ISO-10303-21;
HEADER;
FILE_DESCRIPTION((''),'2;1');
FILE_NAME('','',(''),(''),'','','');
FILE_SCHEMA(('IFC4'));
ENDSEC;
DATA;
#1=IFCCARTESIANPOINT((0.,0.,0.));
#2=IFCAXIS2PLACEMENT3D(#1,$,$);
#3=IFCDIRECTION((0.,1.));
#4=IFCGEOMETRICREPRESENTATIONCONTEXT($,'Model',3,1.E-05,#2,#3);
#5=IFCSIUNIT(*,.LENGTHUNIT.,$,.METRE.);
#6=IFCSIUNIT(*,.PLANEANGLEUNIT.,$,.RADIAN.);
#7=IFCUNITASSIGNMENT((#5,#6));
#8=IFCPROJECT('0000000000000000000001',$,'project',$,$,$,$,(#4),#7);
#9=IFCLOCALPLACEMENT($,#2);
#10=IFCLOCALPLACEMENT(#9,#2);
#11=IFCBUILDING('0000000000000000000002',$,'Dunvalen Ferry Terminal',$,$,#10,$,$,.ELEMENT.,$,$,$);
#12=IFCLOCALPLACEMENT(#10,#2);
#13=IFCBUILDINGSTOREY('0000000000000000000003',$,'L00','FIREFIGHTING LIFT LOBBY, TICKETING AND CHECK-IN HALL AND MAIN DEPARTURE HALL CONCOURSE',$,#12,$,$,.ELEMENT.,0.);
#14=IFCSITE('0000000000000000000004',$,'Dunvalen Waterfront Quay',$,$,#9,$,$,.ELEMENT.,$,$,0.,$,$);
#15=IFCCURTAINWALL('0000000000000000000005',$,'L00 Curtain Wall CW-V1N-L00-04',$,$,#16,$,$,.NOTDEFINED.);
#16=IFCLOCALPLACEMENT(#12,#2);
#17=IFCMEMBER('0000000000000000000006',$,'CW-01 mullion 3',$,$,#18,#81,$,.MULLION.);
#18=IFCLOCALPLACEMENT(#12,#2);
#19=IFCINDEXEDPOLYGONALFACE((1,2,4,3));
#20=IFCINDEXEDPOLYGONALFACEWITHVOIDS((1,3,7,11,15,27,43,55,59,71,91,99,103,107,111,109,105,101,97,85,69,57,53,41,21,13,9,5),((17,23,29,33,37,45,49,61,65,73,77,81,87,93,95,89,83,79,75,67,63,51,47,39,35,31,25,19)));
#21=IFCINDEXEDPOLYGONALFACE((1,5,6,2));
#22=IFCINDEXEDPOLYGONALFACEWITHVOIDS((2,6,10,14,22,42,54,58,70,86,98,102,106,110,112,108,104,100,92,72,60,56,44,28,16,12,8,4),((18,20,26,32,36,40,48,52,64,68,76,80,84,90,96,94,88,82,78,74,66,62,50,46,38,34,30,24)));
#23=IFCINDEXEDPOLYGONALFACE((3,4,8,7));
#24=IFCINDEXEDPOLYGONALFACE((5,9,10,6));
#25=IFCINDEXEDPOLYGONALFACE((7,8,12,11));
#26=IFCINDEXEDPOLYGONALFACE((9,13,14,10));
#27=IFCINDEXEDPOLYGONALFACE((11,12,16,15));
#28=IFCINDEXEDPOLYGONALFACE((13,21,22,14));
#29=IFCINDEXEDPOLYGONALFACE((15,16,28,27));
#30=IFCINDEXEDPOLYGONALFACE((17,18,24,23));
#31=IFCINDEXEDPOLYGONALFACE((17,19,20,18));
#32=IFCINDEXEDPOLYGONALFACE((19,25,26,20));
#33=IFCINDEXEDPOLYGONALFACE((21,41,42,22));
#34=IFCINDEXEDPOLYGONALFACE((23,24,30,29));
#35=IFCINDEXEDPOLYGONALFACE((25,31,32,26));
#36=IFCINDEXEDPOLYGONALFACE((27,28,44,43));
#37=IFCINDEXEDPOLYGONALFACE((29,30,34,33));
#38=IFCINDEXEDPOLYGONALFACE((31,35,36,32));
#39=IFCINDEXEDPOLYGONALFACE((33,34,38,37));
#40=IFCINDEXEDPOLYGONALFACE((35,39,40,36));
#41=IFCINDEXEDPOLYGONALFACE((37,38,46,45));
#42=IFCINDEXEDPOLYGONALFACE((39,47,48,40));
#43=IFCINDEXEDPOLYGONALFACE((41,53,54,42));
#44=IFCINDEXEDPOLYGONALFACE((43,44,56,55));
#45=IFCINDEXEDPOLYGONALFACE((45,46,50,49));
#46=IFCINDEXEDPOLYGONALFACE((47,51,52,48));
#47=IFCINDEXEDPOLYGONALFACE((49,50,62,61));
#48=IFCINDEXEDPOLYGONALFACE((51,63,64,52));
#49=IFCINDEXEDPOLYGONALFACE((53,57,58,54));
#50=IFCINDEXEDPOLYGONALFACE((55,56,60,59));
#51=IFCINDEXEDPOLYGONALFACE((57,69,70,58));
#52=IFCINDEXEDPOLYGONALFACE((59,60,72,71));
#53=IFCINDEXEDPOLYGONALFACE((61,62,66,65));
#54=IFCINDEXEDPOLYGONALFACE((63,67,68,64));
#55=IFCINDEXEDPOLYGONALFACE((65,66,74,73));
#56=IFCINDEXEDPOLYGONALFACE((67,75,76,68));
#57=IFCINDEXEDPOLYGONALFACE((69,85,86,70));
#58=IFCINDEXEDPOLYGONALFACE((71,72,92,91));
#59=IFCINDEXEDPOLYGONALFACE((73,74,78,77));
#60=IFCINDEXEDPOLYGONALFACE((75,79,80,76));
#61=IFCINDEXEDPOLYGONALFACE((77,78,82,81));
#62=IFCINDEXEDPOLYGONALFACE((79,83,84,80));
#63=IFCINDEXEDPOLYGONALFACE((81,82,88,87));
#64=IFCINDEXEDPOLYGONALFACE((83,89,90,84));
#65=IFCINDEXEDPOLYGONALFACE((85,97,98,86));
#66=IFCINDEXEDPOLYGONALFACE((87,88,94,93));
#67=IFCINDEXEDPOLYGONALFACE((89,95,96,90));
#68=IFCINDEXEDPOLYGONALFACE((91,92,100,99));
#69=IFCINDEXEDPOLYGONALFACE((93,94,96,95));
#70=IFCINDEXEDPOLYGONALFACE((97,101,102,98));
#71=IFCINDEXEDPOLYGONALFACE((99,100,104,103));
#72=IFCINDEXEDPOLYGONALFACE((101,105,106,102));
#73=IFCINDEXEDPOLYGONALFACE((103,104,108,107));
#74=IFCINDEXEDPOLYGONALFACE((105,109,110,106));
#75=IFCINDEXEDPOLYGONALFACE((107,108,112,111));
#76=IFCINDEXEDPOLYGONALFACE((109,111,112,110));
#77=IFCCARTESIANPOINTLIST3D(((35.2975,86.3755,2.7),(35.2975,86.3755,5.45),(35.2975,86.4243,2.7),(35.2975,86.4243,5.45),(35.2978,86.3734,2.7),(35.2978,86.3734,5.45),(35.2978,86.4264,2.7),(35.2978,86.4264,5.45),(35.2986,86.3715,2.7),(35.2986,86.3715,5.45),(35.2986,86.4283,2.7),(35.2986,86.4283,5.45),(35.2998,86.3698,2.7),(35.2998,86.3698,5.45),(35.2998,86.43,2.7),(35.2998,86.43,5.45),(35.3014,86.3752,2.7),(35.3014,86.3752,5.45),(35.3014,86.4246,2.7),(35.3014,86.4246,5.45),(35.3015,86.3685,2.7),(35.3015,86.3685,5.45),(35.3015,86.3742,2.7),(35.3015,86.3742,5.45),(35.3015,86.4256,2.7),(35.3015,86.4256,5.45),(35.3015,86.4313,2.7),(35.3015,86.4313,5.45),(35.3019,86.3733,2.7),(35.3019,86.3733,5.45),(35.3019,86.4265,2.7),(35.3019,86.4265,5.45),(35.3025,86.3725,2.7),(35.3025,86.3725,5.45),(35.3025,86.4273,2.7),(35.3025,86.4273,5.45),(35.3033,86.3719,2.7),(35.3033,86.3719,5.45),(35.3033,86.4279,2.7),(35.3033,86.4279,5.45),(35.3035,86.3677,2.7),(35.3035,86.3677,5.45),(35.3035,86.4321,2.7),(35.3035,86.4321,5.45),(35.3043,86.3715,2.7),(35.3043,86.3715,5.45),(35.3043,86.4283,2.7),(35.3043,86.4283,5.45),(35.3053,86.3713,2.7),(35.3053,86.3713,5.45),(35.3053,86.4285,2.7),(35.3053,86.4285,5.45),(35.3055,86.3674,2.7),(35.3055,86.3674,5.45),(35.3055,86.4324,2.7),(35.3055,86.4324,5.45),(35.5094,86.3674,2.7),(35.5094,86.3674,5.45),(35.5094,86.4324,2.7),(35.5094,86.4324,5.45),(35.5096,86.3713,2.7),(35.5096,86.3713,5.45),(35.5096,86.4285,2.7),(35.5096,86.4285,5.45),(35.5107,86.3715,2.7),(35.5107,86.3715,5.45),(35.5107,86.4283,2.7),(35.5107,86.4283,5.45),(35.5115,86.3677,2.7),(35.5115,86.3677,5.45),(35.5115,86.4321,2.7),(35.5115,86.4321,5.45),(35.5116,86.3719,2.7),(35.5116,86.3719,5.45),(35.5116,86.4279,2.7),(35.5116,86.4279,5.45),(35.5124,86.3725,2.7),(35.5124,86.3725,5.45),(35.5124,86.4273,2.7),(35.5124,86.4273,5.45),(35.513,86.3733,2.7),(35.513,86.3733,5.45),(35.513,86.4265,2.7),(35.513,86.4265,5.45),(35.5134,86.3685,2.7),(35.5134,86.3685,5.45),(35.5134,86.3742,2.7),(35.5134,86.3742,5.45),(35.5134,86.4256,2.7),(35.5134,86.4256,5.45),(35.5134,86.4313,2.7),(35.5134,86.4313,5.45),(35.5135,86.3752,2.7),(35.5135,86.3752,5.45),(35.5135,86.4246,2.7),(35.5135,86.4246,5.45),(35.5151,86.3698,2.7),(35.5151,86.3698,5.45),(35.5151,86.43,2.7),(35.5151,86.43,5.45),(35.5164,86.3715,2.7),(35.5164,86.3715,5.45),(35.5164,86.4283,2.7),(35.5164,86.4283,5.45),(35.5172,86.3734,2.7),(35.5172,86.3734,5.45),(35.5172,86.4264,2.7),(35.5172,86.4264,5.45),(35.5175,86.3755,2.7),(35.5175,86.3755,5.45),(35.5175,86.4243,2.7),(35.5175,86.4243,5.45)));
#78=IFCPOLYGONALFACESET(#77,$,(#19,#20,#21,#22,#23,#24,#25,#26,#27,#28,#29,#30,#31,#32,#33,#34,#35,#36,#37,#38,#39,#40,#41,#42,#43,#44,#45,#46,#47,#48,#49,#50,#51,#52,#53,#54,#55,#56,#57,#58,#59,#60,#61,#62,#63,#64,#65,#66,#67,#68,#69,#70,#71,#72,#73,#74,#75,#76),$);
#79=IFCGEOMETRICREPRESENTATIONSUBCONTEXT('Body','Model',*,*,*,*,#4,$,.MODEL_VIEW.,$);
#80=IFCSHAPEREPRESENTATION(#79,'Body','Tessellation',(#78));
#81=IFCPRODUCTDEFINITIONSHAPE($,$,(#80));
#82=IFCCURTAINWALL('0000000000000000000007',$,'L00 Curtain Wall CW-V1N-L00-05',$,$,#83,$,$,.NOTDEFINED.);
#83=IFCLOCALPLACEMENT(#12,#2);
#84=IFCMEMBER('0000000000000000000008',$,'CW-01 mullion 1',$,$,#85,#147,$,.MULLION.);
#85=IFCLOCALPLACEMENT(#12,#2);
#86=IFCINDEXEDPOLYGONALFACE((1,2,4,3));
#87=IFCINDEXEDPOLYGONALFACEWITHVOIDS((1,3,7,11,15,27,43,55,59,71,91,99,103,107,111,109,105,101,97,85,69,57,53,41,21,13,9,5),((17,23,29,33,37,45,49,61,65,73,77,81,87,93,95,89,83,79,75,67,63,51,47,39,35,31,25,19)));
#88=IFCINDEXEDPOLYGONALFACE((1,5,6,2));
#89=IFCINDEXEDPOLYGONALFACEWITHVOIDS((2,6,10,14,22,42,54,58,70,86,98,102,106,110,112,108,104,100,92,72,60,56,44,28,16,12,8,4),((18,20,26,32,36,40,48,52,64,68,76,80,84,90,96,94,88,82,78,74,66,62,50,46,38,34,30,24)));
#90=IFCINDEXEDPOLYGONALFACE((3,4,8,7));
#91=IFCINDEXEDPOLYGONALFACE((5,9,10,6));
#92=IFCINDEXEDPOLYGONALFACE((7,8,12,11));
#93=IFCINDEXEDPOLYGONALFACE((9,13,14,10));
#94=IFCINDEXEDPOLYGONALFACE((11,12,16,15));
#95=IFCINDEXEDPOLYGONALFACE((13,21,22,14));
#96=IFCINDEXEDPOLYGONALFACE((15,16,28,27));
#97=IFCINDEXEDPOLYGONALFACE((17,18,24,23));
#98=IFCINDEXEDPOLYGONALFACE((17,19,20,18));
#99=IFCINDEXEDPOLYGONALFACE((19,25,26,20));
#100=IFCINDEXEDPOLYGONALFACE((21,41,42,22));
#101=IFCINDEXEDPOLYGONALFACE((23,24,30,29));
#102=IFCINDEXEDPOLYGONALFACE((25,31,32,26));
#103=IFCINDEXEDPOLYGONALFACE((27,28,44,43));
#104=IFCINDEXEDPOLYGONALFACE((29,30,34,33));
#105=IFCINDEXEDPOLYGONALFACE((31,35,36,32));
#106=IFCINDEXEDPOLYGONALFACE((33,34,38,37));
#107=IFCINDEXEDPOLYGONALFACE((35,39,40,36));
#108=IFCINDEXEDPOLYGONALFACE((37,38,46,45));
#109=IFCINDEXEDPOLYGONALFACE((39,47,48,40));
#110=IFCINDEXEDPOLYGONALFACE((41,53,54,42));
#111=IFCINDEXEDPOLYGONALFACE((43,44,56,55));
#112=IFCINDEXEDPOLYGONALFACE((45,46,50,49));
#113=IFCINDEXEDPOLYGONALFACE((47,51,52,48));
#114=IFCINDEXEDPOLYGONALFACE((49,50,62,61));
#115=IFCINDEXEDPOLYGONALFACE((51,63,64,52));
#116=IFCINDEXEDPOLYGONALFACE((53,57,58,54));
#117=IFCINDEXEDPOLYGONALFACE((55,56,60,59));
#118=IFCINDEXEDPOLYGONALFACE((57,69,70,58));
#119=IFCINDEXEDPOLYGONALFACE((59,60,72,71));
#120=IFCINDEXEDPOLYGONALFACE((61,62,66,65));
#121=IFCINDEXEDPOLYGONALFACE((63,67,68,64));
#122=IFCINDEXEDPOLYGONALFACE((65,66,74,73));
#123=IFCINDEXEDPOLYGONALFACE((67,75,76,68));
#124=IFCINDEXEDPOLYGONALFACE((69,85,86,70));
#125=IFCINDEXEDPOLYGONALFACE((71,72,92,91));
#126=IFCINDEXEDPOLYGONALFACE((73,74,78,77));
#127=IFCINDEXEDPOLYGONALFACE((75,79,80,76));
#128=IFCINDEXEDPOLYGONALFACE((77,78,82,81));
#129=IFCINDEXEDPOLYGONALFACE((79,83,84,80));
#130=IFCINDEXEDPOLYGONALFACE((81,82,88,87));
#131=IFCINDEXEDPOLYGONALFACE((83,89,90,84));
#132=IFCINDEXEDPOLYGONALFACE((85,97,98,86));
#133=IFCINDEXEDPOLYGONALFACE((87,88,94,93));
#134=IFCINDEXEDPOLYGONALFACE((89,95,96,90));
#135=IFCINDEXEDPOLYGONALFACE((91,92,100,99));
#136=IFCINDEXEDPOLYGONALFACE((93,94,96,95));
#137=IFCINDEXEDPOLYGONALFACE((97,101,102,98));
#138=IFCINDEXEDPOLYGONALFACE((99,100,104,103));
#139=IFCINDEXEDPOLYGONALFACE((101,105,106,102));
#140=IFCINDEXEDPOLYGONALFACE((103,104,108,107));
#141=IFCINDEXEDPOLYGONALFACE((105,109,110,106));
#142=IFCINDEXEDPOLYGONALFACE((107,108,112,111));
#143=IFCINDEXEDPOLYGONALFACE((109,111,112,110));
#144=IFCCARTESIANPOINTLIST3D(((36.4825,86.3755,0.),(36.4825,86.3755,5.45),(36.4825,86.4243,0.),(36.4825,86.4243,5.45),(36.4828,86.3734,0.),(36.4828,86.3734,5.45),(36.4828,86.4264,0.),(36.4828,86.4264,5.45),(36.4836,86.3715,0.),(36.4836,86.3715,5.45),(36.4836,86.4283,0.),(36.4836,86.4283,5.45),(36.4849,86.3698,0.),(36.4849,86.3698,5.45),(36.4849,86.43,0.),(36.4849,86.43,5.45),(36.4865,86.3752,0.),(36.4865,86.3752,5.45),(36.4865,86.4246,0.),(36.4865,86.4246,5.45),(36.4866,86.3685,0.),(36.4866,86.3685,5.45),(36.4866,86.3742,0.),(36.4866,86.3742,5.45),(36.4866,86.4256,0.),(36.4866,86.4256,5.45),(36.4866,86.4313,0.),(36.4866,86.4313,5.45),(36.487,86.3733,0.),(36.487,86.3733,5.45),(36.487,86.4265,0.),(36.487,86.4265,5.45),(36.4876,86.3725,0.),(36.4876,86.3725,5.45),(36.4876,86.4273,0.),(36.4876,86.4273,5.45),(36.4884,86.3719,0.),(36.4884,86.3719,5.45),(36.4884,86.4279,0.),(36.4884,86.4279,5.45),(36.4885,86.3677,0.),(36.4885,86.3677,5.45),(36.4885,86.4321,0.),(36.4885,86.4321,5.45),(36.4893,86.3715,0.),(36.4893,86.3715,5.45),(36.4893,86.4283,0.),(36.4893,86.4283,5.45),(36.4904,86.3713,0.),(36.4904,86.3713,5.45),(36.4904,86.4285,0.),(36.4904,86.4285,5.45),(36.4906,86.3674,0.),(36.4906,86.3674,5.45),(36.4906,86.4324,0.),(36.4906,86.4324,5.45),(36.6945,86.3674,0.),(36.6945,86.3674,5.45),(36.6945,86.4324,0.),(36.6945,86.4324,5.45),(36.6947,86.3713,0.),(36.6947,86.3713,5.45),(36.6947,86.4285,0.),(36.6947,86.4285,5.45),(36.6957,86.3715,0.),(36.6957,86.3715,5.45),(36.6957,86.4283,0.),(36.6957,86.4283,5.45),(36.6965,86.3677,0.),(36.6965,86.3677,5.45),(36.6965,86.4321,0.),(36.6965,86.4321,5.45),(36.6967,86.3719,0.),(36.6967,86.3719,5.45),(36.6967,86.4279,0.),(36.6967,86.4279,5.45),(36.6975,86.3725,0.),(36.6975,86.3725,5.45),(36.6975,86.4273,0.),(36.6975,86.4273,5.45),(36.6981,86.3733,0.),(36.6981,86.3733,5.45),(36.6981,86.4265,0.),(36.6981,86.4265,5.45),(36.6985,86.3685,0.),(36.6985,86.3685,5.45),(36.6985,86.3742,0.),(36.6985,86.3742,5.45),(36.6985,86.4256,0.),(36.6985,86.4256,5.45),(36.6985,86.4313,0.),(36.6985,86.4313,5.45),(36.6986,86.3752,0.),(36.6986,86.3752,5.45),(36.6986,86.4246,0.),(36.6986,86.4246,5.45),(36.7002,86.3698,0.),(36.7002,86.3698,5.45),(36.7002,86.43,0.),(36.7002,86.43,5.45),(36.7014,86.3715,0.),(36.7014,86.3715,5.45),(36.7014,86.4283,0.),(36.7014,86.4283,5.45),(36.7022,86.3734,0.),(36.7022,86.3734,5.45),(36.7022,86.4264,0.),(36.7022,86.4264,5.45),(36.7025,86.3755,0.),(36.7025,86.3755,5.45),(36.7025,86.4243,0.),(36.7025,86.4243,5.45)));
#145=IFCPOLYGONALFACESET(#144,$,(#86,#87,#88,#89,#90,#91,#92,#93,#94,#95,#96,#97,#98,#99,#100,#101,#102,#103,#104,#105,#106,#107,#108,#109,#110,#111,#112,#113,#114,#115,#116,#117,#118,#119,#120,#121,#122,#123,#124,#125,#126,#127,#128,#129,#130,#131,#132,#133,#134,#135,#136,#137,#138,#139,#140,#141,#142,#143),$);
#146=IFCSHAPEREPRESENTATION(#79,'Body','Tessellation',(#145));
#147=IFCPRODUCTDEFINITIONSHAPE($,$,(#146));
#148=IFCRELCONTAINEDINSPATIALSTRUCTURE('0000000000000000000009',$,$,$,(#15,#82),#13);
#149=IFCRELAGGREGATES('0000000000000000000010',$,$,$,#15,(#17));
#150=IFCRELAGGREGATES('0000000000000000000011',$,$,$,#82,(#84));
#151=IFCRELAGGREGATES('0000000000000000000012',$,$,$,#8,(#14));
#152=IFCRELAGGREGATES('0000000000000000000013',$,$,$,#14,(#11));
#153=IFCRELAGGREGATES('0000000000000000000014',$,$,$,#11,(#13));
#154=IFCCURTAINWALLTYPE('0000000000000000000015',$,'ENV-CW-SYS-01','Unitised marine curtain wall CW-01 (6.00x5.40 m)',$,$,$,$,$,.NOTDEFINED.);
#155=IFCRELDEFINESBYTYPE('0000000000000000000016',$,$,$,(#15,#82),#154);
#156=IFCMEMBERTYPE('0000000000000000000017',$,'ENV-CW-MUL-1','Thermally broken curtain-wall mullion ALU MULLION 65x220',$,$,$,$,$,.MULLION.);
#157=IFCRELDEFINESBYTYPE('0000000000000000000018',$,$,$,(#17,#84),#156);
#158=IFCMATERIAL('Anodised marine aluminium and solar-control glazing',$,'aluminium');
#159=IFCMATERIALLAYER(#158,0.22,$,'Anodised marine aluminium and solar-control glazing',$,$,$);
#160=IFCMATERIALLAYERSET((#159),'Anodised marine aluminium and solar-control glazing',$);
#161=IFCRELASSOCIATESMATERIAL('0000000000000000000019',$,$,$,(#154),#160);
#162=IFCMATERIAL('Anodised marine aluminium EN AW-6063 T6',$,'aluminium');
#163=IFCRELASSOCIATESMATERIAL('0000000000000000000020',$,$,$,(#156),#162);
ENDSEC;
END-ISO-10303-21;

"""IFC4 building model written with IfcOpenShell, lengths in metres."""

from ifc_helpers import new_model, si_unit, direction, frame, origin, origin_2d, place, context, subcontext, project, spatial, hollow_rectangle, extrude, material, layer, layer_set, material_profile, profile_set, type_object, element, aggregate, save


model = new_model("IFC4")

# Units and contexts
model_context = context("Model", 3, precision=1e-05, world=origin(), true_north=direction((0.0, 1.0)))
body_context = subcontext(model_context, "Body", "Model", "MODEL_VIEW")
ifc_project = project(units=[si_unit("LENGTHUNIT", "METRE"), si_unit("PLANEANGLEUNIT", "RADIAN")], contexts=[model_context])

# Site, building, storey
site_placement = place(None, origin())
site = spatial("IfcSite", under=ifc_project, at=site_placement, Name="Dunvalen Waterfront Quay", CompositionType="ELEMENT", RefElevation=0.0)
building_placement = place(site_placement, origin())
building = spatial("IfcBuilding", under=site, at=building_placement, Name="Dunvalen Ferry Terminal", CompositionType="ELEMENT")
storey_placement = place(building_placement, origin())
storey = spatial("IfcBuildingStorey", under=building, at=storey_placement, Name="L00", Description="FIREFIGHTING LIFT LOBBY, TICKETING AND CHECK-IN HALL AND MAIN DEPARTURE HALL CONCOURSE", CompositionType="ELEMENT", Elevation=0.0)

# Curtain wall, member
ifc_material_1 = material(Name="Anodised marine aluminium and solar-control glazing", Category="aluminium")
ifc_layer_1 = layer(ifc_material_1, 0.22, Name="Anodised marine aluminium and solar-control glazing")
ifc_layer_set_1 = layer_set([ifc_layer_1], Name="Anodised marine aluminium and solar-control glazing")
curtain_wall_type = type_object("IfcCurtainWallType", Name="ENV-CW-SYS-01", Description="Unitised marine curtain wall CW-01 (6.00x5.40 m)", PredefinedType="NOTDEFINED", material=ifc_layer_set_1)
curtain_wall_1_placement = place(storey_placement, origin())
curtain_wall_1 = element("IfcCurtainWall", 1, at=curtain_wall_1_placement, inside=storey, type_object=curtain_wall_type, Name="L00 Curtain Wall CW-V1N-L00-04", PredefinedType="NOTDEFINED")
ifc_material_2 = material(Name="Anodised marine aluminium EN AW-6063 T6", Category="aluminium")
ifc_material_profile_1 = material_profile(ifc_material_2, hollow_rectangle(XDim=0.0649, YDim=0.22, WallThickness=0.0039, InnerFilletRadius=0.0039, OuterFilletRadius=0.0081, at=origin_2d()), Name="Anodised marine aluminium EN AW-6063 T6")
ifc_profile_set_1 = profile_set([ifc_material_profile_1], Name="Anodised marine aluminium EN AW-6063 T6")
member_type_1 = type_object("IfcMemberType", Name="ENV-CW-MUL-1", Description="Thermally broken curtain-wall mullion ALU MULLION 65x220", PredefinedType="MULLION", material=ifc_profile_set_1)
member_1_placement = place(storey_placement, frame((35.4075, 86.3999, 2.7), z_axis=(0.0, 0.0, 1.0), x_axis=(0.0, 1.0, 0.0)))
member_1 = element("IfcMember", 2, at=member_1_placement, type_object=member_type_1, Name="CW-01 mullion 3", PredefinedType="MULLION", context=body_context, shape_type="SweptSolid", body=[
    extrude(hollow_rectangle(XDim=0.0649, YDim=0.22, WallThickness=0.0039, InnerFilletRadius=0.0039, OuterFilletRadius=0.0081, at=origin_2d()), origin(), (0.0, 0.0, 1.0), 2.75),
])

# Curtain wall, member
curtain_wall_2_placement = place(storey_placement, origin())
curtain_wall_2 = element("IfcCurtainWall", 3, at=curtain_wall_2_placement, inside=storey, type_object=curtain_wall_type, Name="L00 Curtain Wall CW-V1N-L00-05", PredefinedType="NOTDEFINED")
member_2_placement = place(storey_placement, frame((36.5925, 86.3999, 0.0), z_axis=(0.0, 0.0, 1.0), x_axis=(0.0, 1.0, 0.0)))
member_2 = element("IfcMember", 4, at=member_2_placement, type_object=member_type_1, Name="CW-01 mullion 1", PredefinedType="MULLION", context=body_context, shape_type="SweptSolid", body=[
    extrude(hollow_rectangle(XDim=0.0649, YDim=0.22, WallThickness=0.0039, InnerFilletRadius=0.0039, OuterFilletRadius=0.0081, at=origin_2d()), origin(), (0.0, 0.0, 1.0), 5.45),
])

aggregate(curtain_wall_1, [member_1])
aggregate(curtain_wall_2, [member_2])

save(model, "model.ifc")
